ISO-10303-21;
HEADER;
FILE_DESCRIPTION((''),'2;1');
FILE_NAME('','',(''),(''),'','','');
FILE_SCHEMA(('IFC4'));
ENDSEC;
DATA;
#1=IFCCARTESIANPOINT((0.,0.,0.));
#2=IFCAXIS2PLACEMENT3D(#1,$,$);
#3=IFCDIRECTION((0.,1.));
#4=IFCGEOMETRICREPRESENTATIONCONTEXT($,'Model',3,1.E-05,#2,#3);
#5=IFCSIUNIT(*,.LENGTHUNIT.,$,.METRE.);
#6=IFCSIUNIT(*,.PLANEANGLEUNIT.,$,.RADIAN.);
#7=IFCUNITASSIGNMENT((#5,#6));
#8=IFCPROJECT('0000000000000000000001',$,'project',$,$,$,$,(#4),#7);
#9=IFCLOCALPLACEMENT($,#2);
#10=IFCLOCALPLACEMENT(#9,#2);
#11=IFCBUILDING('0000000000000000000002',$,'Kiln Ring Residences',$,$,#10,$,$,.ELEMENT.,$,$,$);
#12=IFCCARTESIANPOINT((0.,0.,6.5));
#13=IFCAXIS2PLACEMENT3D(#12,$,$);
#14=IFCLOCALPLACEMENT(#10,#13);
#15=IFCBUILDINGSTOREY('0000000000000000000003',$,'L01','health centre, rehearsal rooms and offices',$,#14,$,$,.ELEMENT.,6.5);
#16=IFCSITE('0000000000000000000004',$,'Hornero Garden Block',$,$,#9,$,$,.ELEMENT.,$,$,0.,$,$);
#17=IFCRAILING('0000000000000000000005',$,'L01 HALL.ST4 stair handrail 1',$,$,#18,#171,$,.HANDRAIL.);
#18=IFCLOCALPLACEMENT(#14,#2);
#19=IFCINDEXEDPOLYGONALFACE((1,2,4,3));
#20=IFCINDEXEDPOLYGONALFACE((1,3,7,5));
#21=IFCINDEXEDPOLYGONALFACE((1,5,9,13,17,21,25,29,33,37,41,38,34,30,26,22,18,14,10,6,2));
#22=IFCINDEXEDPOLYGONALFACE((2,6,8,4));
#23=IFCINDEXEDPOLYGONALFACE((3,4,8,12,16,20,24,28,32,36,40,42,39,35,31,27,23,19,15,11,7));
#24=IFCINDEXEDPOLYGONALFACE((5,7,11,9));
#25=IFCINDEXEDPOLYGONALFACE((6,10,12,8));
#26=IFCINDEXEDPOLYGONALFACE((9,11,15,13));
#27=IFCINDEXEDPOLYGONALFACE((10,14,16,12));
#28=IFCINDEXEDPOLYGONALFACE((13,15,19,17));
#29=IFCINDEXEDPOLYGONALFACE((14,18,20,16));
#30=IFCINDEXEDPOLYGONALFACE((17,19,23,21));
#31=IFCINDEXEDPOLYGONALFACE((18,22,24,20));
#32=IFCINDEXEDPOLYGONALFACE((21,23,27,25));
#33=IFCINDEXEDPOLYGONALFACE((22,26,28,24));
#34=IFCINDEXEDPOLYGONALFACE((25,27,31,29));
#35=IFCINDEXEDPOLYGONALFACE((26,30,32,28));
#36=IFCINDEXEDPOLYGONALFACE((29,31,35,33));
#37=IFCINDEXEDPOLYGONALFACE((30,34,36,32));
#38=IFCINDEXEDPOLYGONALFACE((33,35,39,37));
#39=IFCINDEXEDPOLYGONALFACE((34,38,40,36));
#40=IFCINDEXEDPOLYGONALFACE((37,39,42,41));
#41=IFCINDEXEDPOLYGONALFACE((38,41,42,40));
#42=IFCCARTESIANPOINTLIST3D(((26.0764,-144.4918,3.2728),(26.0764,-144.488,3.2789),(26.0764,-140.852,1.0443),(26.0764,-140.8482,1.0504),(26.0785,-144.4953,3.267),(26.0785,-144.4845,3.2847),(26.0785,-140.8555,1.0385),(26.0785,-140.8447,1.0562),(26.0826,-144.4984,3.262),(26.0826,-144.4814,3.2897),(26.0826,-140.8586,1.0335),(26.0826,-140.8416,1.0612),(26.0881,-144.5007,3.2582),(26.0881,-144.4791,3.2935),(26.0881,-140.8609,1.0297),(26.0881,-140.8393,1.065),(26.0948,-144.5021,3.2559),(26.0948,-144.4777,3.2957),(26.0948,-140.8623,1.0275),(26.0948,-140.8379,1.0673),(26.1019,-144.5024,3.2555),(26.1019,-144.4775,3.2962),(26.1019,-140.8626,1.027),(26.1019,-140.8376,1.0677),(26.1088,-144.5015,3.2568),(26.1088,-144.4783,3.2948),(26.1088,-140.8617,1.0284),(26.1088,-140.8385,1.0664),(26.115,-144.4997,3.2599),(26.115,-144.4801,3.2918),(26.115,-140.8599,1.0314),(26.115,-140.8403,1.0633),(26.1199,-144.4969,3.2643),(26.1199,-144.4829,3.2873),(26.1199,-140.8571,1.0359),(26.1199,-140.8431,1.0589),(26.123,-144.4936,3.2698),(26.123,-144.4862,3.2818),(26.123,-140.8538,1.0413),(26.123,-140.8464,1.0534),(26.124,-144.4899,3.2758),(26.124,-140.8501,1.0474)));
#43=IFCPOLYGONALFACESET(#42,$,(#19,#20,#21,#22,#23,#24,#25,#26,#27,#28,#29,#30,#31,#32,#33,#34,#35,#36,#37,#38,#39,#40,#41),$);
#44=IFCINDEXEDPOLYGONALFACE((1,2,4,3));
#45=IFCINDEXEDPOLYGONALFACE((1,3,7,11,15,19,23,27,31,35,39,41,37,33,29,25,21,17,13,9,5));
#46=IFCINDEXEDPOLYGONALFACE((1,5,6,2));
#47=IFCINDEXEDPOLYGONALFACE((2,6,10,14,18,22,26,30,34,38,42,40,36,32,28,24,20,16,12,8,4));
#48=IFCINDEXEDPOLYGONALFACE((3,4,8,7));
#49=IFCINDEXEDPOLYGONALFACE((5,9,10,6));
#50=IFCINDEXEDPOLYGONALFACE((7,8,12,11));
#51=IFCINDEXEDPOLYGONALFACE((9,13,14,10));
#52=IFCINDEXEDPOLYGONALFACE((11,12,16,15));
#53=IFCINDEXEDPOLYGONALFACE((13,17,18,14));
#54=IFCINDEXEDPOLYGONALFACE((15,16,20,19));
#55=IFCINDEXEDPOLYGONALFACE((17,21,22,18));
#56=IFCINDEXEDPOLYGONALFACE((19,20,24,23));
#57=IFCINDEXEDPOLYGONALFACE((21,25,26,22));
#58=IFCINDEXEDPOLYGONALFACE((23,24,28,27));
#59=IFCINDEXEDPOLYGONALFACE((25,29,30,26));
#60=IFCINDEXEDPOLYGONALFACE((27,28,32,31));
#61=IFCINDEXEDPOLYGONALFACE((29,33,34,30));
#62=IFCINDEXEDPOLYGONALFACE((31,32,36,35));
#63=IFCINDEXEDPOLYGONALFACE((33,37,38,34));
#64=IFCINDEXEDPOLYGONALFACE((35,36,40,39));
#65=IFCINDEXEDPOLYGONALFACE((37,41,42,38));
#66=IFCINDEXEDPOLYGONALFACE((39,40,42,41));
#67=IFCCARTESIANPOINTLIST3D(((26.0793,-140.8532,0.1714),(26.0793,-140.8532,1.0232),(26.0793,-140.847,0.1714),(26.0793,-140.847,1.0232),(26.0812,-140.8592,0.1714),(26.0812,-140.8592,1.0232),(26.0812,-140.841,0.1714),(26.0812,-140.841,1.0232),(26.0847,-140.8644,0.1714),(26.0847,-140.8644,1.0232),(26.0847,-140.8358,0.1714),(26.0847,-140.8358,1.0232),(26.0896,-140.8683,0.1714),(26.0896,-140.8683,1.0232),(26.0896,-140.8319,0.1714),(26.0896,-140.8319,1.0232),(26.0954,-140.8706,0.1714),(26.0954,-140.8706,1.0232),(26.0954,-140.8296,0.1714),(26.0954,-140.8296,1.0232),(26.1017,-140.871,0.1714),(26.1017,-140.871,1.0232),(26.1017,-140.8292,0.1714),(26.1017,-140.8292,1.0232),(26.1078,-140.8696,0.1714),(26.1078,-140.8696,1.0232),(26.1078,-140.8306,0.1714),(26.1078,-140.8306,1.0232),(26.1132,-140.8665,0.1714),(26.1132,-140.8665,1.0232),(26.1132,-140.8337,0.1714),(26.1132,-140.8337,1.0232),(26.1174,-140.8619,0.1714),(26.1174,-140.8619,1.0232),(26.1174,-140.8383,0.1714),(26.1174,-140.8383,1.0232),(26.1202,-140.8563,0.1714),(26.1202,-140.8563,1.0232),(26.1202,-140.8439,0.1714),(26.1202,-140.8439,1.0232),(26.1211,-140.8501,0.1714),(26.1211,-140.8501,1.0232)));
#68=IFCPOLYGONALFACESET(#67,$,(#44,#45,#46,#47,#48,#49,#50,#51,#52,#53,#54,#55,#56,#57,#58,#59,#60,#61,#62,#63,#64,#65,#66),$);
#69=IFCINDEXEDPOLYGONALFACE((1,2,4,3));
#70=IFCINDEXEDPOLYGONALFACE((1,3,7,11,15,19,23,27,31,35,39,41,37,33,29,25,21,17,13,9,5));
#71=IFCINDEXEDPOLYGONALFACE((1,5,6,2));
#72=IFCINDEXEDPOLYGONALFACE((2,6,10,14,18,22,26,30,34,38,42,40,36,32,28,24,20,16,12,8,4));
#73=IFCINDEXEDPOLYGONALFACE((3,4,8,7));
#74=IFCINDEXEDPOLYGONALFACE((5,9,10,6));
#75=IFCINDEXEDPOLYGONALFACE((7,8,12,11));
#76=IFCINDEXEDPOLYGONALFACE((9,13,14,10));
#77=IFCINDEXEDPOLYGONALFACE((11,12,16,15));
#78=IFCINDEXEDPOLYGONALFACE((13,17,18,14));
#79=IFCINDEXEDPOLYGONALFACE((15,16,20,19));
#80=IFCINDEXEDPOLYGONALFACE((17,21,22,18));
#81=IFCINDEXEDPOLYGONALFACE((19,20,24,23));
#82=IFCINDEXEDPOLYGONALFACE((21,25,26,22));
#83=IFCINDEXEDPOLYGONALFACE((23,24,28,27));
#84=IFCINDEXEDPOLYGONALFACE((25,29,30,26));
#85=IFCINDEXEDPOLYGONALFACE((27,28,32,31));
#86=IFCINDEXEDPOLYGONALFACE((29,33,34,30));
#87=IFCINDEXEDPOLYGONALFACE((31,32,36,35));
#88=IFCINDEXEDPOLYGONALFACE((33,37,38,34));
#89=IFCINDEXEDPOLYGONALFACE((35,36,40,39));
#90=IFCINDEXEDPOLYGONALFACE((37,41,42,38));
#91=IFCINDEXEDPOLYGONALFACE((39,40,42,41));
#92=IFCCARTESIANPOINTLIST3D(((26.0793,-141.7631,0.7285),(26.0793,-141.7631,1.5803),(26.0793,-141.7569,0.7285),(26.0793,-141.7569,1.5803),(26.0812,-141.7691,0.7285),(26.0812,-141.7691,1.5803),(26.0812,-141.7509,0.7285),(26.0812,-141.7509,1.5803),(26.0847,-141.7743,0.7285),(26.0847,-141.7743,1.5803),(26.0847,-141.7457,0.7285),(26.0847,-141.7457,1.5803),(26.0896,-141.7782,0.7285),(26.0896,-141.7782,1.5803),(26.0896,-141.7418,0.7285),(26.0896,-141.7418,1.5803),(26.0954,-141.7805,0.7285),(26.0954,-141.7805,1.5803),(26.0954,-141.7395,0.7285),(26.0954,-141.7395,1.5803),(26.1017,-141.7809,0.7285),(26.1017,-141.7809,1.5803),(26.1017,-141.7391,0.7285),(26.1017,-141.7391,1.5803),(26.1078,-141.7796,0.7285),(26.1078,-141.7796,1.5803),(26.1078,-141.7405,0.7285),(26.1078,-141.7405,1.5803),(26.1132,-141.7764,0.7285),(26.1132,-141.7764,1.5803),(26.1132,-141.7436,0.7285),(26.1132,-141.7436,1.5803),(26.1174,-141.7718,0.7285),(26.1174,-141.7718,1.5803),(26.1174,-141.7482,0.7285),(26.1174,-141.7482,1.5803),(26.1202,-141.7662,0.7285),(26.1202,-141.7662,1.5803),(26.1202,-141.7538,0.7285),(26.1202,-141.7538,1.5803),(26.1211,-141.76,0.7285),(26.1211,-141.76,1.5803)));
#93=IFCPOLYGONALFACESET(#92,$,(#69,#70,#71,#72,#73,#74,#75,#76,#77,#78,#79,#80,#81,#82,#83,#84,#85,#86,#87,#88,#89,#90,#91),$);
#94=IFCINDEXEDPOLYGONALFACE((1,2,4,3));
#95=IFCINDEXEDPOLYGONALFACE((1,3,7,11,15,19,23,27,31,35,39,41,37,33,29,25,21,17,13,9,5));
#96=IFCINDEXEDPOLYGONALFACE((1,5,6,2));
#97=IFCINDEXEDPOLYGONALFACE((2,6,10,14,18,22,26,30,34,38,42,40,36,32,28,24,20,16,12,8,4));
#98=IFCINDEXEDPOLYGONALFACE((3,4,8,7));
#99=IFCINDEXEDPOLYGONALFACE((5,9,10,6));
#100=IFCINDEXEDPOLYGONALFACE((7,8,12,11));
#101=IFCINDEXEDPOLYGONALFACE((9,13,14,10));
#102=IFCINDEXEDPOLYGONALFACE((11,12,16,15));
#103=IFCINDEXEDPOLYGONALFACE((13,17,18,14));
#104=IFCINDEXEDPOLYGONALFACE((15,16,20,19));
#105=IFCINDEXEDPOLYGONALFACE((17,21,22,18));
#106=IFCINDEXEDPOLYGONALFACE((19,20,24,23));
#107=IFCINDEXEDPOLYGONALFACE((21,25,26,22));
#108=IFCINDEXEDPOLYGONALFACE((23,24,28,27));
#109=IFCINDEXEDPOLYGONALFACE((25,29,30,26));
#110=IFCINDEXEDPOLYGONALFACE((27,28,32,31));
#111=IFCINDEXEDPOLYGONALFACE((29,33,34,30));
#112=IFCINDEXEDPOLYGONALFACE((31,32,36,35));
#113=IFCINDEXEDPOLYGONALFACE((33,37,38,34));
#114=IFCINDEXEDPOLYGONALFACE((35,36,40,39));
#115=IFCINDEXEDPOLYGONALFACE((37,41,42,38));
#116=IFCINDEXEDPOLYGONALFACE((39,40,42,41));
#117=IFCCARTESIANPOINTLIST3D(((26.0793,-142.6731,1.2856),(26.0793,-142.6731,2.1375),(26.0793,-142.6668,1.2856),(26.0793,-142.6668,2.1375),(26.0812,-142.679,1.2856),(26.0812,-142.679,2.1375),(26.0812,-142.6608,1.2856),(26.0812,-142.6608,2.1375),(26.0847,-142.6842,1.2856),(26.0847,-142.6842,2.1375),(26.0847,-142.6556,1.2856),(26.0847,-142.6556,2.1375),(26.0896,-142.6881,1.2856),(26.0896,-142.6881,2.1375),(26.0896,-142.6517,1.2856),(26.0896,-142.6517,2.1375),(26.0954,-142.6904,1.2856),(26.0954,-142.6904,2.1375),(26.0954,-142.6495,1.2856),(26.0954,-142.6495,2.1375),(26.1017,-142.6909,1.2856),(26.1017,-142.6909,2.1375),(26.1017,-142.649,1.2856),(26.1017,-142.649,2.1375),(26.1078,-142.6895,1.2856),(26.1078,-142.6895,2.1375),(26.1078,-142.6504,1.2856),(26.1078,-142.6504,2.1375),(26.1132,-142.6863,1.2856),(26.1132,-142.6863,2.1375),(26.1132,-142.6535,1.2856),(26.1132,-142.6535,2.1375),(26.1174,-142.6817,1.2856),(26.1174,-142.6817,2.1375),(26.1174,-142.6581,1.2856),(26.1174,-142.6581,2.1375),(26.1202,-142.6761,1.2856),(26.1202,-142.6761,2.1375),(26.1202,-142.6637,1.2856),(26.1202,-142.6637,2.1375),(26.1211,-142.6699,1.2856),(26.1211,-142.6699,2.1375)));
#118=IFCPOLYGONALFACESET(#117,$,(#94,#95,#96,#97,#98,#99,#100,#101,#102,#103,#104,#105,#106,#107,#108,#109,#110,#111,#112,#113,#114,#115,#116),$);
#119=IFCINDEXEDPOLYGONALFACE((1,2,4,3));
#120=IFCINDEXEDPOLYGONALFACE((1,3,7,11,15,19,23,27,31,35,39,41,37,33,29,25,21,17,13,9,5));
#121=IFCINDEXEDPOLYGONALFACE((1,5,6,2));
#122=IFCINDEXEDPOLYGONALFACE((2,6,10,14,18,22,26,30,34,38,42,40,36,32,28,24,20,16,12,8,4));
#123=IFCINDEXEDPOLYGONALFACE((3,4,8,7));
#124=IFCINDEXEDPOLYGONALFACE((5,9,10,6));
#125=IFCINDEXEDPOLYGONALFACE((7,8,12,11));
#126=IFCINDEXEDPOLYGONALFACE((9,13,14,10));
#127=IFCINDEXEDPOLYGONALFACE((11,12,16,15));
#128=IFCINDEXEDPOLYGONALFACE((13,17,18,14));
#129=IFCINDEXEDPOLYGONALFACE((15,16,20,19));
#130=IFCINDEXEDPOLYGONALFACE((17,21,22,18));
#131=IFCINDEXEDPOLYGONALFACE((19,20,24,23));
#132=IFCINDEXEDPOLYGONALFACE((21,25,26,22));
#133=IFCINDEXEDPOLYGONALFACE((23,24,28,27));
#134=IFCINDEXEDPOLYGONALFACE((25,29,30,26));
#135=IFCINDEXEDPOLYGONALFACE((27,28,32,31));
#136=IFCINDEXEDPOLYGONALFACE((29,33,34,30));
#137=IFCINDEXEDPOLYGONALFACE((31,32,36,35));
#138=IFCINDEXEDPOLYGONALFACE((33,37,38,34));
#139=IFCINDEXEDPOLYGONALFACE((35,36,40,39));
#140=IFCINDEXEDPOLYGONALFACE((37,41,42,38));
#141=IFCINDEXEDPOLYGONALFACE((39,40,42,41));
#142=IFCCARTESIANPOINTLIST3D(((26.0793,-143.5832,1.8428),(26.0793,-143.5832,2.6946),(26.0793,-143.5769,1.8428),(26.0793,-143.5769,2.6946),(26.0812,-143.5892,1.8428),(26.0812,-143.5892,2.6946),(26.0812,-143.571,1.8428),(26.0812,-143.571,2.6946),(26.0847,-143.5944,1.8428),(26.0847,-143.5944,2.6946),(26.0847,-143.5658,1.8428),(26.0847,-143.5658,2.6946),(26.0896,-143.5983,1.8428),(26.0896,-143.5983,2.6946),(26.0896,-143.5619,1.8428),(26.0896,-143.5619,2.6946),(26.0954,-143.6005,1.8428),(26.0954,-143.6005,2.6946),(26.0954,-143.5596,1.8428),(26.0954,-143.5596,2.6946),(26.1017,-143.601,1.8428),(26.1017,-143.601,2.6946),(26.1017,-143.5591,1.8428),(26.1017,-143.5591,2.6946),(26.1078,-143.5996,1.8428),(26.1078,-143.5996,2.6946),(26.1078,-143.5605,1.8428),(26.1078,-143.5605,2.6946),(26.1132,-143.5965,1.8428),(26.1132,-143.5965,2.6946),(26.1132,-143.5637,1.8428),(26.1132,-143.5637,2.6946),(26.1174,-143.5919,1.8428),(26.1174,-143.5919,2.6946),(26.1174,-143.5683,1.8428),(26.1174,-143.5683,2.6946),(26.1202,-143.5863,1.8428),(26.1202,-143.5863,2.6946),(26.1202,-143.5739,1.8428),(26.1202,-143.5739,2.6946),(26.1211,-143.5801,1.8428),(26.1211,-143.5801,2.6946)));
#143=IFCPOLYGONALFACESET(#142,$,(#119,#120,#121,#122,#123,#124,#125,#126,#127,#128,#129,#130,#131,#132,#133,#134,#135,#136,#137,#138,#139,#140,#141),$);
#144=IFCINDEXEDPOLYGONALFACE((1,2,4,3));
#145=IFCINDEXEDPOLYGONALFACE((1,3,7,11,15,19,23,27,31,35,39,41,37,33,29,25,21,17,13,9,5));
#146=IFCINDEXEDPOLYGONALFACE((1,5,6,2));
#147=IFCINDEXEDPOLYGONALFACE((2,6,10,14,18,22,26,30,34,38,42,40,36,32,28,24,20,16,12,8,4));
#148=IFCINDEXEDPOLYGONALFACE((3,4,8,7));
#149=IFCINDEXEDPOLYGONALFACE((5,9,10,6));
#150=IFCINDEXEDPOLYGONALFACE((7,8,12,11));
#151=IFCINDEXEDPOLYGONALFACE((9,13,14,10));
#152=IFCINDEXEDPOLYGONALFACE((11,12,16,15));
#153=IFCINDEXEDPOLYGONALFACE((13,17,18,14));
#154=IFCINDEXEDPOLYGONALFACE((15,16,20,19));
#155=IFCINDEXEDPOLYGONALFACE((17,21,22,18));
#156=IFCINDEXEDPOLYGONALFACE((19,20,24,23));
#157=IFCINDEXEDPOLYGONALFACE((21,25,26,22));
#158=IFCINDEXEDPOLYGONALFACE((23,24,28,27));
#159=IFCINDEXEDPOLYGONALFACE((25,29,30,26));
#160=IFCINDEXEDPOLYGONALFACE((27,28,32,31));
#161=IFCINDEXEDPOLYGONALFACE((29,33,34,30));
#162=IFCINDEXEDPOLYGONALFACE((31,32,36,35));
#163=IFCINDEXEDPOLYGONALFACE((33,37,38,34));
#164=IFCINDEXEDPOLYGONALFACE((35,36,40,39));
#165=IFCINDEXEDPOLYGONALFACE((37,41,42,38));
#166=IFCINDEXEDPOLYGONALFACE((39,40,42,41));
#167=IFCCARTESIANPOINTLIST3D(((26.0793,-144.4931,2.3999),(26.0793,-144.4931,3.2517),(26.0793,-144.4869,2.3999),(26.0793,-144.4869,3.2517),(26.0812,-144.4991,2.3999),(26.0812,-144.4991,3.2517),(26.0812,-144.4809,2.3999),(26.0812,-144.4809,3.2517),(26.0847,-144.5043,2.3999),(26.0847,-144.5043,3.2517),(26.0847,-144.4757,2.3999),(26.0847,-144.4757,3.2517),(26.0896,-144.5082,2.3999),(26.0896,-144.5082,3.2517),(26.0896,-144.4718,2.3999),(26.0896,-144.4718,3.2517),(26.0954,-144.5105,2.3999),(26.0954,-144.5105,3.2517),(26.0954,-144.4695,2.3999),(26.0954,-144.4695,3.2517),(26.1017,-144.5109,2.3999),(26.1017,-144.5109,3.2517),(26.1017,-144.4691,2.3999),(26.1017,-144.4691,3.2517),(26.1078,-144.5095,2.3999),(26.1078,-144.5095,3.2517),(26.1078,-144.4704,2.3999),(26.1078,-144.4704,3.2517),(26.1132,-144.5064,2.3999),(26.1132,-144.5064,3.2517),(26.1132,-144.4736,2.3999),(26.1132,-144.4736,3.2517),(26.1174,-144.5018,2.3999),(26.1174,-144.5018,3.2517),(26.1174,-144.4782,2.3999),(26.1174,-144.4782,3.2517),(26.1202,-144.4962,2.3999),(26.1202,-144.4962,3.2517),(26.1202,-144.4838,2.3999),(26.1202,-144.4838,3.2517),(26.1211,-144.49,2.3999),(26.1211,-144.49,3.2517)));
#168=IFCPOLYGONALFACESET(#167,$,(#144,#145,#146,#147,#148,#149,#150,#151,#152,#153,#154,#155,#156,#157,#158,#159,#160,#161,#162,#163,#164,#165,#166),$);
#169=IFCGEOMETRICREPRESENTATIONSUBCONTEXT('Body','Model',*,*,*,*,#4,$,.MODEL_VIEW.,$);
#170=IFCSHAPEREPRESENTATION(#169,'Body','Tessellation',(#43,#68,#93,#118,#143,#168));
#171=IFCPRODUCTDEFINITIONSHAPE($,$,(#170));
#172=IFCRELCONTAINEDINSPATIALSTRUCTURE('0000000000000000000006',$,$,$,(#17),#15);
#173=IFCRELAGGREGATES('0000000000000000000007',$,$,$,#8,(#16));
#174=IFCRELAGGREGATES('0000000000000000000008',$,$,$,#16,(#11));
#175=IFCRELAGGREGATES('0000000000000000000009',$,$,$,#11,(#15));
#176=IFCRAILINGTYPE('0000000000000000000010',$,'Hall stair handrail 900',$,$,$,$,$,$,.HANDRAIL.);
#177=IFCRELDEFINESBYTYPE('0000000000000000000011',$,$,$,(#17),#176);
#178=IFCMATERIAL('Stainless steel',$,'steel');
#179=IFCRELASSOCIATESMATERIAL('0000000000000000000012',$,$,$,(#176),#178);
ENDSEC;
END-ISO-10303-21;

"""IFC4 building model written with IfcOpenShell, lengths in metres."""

from ifc_helpers import new_model, si_unit, direction, frame, origin, origin_2d, place, context, subcontext, project, spatial, circle, extrude, material, type_object, element, save


model = new_model("IFC4")

# Units and contexts
model_context = context("Model", 3, precision=1e-05, world=origin(), true_north=direction((0.0, 1.0)))
body_context = subcontext(model_context, "Body", "Model", "MODEL_VIEW")
ifc_project = project(units=[si_unit("LENGTHUNIT", "METRE"), si_unit("PLANEANGLEUNIT", "RADIAN")], contexts=[model_context])

# Site, building, storey
site_placement = place(None, origin())
site = spatial("IfcSite", under=ifc_project, at=site_placement, Name="Hornero Garden Block", CompositionType="ELEMENT", RefElevation=0.0)
building_placement = place(site_placement, origin())
building = spatial("IfcBuilding", under=site, at=building_placement, Name="Kiln Ring Residences", CompositionType="ELEMENT")
storey_placement = place(building_placement, frame((0.0, 0.0, 6.5)))
storey = spatial("IfcBuildingStorey", under=building, at=storey_placement, Name="L01", Description="health centre, rehearsal rooms and offices", CompositionType="ELEMENT", Elevation=6.5)

# Railing
ifc_material_1 = material(Name="Stainless steel", Category="steel")
railing_type_1 = type_object("IfcRailingType", Name="Hall stair handrail 900", PredefinedType="HANDRAIL", material=ifc_material_1)
railing_1_placement = place(storey_placement, frame((26.1001, -140.8501, 0.1714)))
element("IfcRailing", 1, at=railing_1_placement, inside=storey, type_object=railing_type_1, Name="L01 HALL.ST4 stair handrail 1", PredefinedType="HANDRAIL", context=body_context, shape_type="SweptSolid", body=[
    extrude(circle(Radius=0.0239, at=origin_2d()), frame((0.0, 0.0, 0.876), z_axis=(0.0, -0.85285, 0.522156), x_axis=(1.0, 0.0, 0.0)), (0.0, 0.0, 1.0), 4.2678),
    extrude(circle(Radius=0.021, at=origin_2d()), origin(), (0.0, 0.0, 1.0), 0.8518),
    extrude(circle(Radius=0.021, at=origin_2d()), frame((0.0, -0.9099, 0.5571)), (0.0, 0.0, 1.0), 0.8518),
    extrude(circle(Radius=0.021, at=origin_2d()), frame((0.0, -1.8198, 1.1143)), (0.0, 0.0, 1.0), 0.8518),
    extrude(circle(Radius=0.021, at=origin_2d()), frame((0.0, -2.73, 1.6714)), (0.0, 0.0, 1.0), 0.8518),
    extrude(circle(Radius=0.021, at=origin_2d()), frame((0.0, -3.6399, 2.2285)), (0.0, 0.0, 1.0), 0.8518),
])

save(model, "model.ifc")
